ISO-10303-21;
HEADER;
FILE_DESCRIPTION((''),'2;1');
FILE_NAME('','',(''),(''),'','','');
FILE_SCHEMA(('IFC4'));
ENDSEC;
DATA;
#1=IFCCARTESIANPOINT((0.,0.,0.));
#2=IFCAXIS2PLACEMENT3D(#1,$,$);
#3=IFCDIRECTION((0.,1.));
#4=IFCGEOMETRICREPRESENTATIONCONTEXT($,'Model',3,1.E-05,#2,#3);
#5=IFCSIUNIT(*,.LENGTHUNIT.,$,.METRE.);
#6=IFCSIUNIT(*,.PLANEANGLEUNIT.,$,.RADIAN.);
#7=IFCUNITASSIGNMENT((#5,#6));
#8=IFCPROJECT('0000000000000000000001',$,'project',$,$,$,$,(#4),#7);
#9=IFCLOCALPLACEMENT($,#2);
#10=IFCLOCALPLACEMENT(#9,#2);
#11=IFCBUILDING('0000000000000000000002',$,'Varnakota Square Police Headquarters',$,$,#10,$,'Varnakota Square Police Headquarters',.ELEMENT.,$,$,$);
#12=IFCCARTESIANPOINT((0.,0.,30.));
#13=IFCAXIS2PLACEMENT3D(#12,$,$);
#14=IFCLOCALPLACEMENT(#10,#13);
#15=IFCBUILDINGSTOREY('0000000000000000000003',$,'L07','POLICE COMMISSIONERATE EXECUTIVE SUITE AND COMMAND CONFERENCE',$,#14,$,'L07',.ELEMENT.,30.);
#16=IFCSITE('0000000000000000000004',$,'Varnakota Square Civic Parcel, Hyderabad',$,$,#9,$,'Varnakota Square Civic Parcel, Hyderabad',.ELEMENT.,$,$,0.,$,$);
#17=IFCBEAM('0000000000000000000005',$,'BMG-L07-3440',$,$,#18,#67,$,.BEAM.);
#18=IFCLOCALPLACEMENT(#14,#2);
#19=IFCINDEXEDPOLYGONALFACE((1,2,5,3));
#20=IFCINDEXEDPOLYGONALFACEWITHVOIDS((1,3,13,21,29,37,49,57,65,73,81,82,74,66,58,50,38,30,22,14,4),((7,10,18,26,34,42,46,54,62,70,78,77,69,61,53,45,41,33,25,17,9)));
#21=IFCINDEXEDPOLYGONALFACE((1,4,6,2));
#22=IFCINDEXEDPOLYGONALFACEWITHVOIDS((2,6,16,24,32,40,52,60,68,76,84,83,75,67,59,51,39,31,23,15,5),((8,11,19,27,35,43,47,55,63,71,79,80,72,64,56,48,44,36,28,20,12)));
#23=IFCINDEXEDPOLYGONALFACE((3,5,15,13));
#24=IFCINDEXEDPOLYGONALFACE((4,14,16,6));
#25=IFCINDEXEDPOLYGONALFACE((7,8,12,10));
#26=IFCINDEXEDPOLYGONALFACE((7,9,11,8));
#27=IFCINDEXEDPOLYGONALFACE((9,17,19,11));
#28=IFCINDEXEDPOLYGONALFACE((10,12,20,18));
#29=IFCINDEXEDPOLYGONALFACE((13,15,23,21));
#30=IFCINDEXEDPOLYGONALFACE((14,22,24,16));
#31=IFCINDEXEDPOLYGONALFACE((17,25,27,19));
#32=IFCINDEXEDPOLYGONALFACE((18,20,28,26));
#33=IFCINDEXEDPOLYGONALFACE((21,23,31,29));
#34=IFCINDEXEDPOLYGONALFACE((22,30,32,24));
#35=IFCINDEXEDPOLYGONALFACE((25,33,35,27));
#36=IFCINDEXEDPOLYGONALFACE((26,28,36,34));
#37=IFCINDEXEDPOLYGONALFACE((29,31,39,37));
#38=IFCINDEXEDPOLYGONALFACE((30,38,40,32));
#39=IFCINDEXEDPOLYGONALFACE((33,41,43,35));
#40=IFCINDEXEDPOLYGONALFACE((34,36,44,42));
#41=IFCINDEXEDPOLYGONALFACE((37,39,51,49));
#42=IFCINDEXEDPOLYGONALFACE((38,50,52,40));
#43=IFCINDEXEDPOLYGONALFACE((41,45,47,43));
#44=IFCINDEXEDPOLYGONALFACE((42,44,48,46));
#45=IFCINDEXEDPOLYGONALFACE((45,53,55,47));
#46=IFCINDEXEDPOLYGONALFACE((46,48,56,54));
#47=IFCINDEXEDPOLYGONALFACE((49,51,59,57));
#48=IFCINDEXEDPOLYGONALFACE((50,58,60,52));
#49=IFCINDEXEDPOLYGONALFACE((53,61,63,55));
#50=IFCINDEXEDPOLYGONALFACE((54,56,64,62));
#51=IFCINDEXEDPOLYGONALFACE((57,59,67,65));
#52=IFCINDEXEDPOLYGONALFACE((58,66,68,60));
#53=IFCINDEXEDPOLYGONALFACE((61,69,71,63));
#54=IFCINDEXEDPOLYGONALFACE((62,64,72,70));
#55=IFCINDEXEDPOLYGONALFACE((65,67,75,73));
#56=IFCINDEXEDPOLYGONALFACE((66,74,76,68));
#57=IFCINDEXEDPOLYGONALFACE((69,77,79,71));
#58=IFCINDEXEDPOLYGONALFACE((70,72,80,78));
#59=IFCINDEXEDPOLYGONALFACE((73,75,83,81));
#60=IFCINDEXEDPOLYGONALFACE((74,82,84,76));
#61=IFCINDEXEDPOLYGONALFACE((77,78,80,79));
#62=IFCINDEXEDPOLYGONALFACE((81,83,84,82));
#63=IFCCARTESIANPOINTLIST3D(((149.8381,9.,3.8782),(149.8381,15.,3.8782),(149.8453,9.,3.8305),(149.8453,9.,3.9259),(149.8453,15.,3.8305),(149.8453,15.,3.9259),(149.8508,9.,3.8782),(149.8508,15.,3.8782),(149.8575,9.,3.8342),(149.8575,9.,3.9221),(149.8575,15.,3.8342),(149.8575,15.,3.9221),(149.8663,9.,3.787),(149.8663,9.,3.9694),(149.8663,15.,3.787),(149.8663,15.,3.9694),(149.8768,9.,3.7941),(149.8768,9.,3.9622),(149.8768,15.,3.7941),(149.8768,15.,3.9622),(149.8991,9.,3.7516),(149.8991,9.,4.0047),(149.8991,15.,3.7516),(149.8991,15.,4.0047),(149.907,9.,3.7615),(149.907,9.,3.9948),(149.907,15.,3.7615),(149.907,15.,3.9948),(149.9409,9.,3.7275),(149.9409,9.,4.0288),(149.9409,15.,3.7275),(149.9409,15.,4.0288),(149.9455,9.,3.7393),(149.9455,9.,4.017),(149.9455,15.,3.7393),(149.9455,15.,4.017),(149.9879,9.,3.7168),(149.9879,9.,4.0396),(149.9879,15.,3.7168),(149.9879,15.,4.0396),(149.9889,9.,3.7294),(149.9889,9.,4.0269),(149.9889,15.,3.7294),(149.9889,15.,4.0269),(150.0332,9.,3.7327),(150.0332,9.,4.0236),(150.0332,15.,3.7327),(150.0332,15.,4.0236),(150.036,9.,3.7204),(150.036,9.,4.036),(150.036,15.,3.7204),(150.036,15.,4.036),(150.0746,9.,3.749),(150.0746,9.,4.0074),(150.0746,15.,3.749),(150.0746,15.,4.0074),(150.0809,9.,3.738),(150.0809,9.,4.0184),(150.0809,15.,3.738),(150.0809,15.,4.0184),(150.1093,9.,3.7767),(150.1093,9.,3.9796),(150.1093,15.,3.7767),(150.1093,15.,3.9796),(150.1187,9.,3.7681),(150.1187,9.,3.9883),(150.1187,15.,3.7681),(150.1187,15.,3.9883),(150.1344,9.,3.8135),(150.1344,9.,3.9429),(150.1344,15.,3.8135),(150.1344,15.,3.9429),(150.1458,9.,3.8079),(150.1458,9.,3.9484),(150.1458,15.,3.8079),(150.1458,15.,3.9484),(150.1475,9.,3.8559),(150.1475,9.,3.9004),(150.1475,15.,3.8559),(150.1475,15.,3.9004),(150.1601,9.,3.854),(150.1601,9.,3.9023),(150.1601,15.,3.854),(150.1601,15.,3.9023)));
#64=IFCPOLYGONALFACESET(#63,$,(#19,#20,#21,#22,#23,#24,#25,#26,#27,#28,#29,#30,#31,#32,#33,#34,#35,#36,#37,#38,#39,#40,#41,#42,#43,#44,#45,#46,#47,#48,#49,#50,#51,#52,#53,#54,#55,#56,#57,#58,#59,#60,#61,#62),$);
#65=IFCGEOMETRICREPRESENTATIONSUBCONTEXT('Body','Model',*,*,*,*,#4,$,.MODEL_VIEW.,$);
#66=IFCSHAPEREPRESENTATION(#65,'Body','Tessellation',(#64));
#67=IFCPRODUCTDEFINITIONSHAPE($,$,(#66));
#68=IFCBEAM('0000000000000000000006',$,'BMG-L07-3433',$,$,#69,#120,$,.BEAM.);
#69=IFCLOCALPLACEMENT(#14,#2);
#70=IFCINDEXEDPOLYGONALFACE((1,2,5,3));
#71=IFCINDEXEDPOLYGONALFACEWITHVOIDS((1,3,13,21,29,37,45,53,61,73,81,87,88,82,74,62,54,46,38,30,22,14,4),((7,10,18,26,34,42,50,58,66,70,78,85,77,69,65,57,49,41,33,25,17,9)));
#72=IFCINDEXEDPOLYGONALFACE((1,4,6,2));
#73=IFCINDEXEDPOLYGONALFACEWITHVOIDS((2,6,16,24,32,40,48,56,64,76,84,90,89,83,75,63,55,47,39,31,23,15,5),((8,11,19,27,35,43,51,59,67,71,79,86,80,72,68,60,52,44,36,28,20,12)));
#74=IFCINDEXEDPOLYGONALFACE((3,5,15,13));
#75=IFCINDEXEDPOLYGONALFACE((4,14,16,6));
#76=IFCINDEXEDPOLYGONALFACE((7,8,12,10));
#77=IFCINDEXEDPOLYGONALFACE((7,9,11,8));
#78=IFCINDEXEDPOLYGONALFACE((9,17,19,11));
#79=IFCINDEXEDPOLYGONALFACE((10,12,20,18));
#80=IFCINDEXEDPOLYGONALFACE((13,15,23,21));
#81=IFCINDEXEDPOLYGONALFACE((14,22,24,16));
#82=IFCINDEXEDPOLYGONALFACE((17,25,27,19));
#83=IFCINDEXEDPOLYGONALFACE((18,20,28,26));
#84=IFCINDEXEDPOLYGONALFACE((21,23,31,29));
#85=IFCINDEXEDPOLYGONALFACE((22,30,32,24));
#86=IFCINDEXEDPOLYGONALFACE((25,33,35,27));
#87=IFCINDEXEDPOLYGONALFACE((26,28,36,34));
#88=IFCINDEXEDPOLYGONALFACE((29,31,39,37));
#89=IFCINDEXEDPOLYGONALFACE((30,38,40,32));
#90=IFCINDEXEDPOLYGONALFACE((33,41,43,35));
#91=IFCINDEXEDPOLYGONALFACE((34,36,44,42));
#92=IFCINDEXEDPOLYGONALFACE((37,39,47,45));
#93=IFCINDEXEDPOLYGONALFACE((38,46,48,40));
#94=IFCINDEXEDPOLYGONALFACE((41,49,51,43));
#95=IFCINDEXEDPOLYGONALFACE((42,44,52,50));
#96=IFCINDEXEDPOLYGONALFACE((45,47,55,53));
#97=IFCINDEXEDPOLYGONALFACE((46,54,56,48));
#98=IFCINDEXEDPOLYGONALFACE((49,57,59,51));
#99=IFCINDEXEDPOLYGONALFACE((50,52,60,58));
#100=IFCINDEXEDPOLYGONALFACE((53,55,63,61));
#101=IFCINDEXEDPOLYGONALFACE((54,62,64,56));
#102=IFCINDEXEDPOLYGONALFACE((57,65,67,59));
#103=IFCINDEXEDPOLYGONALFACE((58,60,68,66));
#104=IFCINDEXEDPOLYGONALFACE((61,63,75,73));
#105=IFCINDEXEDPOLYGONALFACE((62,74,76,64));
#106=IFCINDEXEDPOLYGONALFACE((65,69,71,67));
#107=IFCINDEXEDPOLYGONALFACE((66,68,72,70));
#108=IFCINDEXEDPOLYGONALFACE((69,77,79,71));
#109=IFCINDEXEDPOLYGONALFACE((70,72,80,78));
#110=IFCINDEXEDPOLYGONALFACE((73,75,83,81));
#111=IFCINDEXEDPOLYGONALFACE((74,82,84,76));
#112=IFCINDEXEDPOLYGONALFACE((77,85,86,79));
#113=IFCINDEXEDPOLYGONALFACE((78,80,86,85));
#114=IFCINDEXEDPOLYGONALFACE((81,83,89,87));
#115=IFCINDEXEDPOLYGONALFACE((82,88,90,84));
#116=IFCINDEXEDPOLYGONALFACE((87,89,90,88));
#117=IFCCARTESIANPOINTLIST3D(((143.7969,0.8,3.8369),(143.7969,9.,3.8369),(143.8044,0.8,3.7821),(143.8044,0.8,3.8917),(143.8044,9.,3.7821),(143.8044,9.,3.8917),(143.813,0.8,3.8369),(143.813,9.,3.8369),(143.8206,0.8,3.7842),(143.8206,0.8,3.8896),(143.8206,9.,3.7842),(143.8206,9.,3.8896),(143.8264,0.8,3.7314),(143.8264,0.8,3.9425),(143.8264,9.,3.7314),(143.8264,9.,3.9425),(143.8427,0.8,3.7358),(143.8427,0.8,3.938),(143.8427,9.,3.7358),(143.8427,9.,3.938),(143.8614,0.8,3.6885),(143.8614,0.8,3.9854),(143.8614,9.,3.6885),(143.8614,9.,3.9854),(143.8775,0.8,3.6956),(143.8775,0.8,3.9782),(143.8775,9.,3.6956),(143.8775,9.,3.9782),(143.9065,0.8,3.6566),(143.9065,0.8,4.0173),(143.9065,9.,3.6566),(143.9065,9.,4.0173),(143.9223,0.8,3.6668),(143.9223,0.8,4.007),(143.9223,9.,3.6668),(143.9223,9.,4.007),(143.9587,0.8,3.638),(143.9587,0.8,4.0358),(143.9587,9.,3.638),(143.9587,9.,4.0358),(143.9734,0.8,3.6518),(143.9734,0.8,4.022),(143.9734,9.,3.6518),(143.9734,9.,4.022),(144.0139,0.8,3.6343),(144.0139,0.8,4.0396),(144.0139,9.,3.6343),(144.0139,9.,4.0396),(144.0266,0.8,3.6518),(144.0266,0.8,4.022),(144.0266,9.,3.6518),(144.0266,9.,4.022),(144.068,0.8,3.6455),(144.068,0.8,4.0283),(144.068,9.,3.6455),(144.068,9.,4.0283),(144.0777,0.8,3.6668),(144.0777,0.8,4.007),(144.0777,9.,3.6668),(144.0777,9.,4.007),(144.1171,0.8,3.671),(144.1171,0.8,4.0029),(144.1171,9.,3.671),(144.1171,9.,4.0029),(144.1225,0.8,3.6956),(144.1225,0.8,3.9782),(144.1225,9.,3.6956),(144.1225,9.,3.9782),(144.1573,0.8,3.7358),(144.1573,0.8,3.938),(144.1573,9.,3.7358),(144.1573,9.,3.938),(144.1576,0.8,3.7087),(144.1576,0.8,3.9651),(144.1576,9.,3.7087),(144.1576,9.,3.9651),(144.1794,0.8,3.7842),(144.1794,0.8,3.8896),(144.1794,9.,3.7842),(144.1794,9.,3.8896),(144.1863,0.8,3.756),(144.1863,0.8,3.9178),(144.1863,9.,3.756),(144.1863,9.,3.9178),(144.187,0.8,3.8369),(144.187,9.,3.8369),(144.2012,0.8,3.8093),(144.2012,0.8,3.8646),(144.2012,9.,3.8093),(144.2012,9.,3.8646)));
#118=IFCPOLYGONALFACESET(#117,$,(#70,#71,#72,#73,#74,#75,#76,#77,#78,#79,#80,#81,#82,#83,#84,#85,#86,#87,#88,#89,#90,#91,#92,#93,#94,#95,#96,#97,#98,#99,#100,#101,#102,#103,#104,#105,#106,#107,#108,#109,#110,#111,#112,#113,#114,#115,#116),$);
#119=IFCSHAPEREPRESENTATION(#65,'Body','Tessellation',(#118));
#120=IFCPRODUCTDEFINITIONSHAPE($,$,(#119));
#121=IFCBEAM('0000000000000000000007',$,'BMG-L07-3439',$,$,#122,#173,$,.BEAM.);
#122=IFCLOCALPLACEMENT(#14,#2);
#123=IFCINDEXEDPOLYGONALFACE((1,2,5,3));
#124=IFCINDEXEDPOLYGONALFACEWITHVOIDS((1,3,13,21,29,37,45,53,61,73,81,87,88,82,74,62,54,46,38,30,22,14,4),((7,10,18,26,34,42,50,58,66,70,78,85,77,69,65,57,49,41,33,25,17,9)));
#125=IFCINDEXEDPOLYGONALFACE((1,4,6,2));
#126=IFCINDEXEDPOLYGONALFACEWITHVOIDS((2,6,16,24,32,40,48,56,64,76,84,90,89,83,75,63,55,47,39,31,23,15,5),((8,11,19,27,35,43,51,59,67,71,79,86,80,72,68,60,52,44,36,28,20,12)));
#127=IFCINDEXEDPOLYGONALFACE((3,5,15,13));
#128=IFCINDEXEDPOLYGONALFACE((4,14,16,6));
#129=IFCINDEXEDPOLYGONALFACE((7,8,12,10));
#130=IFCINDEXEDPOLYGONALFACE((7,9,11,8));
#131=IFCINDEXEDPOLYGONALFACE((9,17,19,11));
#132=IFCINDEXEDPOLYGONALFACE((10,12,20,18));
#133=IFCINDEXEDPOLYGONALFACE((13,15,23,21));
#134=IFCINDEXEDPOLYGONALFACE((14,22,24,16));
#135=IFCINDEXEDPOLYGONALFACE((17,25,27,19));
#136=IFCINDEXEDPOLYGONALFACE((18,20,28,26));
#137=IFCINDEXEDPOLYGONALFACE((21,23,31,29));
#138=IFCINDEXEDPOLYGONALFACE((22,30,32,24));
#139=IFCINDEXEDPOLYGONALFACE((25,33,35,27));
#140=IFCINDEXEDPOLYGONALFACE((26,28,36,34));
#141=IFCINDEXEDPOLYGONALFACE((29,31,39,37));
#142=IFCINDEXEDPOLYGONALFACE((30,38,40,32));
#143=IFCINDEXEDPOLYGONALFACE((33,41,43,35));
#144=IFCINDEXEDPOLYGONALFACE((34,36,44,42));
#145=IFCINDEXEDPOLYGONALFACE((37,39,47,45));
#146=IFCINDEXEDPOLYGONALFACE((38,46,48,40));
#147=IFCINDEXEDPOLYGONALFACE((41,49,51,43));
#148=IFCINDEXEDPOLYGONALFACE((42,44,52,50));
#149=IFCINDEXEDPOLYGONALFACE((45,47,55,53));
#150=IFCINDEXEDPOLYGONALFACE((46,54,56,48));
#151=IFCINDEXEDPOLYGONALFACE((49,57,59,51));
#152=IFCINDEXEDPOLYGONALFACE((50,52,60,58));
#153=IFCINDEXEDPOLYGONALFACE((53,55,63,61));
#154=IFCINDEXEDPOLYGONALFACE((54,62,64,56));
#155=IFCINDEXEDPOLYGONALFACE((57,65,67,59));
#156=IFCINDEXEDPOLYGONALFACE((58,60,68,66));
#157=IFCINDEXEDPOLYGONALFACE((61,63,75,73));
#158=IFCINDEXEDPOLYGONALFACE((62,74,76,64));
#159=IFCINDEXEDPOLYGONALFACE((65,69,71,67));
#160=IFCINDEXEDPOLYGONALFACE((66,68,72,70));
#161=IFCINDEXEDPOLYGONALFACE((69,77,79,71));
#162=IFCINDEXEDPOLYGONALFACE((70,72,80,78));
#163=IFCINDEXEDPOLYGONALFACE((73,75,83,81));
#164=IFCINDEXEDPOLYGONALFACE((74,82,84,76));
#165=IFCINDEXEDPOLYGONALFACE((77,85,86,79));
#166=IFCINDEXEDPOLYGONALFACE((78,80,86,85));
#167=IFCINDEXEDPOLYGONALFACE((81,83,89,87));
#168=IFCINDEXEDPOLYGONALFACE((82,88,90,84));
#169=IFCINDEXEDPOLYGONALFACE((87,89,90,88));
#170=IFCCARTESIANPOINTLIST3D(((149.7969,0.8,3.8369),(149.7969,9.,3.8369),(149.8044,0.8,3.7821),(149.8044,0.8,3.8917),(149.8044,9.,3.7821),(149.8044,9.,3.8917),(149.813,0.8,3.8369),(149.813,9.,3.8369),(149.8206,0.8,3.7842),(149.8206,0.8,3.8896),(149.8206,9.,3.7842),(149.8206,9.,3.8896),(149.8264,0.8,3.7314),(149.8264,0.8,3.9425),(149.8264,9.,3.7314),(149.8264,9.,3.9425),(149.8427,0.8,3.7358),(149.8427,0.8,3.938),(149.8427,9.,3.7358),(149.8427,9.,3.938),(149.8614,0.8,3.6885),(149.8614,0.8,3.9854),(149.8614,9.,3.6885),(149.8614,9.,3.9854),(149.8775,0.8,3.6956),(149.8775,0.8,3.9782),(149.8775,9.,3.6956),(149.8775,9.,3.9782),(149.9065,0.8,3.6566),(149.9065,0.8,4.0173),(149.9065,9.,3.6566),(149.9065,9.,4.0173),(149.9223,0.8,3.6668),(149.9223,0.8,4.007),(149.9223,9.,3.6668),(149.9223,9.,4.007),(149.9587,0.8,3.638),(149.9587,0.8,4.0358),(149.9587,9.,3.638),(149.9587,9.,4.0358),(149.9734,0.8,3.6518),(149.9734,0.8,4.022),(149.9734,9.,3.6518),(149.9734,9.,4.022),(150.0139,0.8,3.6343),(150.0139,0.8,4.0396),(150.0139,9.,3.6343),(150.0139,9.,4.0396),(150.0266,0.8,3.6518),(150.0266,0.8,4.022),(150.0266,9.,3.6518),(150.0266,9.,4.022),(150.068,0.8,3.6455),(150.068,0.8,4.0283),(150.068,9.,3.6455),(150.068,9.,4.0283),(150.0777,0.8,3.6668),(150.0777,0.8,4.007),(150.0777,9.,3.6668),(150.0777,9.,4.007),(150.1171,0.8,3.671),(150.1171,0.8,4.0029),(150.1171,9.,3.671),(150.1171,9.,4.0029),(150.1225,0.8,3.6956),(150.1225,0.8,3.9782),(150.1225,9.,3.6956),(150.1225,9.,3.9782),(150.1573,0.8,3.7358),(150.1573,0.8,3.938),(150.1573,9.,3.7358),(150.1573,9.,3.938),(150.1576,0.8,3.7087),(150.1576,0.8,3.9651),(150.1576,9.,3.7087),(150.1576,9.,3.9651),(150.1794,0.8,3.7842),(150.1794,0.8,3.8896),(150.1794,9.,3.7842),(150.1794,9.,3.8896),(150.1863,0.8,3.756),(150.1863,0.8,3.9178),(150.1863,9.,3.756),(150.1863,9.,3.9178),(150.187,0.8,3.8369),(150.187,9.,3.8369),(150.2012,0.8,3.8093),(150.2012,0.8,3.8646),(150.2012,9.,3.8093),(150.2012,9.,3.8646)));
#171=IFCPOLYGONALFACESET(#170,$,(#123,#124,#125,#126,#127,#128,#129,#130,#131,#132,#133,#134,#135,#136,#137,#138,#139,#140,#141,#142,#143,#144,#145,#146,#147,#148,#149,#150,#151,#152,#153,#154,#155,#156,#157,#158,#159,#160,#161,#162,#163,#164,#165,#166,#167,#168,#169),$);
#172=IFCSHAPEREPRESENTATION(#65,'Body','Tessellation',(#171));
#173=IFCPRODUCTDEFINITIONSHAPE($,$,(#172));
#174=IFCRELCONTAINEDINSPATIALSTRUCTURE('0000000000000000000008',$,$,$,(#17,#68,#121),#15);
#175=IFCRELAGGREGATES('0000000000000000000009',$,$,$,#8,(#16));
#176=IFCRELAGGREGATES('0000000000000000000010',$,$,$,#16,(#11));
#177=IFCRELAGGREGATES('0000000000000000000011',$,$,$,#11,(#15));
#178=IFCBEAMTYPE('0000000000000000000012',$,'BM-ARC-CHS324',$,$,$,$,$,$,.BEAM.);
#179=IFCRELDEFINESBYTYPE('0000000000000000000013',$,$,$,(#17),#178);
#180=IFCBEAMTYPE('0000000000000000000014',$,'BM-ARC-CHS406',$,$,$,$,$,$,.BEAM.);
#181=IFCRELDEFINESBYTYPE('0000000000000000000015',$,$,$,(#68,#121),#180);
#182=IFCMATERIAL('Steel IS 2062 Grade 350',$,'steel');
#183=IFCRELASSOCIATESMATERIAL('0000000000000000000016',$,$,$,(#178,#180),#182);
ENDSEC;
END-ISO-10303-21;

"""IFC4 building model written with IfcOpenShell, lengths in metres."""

from ifc_helpers import new_model, si_unit, direction, frame, origin, origin_2d, place, context, subcontext, project, spatial, hollow_circle, extrude, material, material_profile, profile_set, type_object, element, save


model = new_model("IFC4")

# Units and contexts
model_context = context("Model", 3, precision=1e-05, world=origin(), true_north=direction((0.0, 1.0)))
body_context = subcontext(model_context, "Body", "Model", "MODEL_VIEW")
ifc_project = project(units=[si_unit("LENGTHUNIT", "METRE"), si_unit("PLANEANGLEUNIT", "RADIAN")], contexts=[model_context])

# Site, building, storey
site_placement = place(None, origin())
site = spatial("IfcSite", under=ifc_project, at=site_placement, Name="Varnakota Square Civic Parcel, Hyderabad", LongName="Varnakota Square Civic Parcel, Hyderabad", CompositionType="ELEMENT", RefElevation=0.0)
building_placement = place(site_placement, origin())
building = spatial("IfcBuilding", under=site, at=building_placement, Name="Varnakota Square Police Headquarters", LongName="Varnakota Square Police Headquarters", CompositionType="ELEMENT")
storey_placement = place(building_placement, frame((0.0, 0.0, 30.0)))
storey = spatial("IfcBuildingStorey", under=building, at=storey_placement, Name="L07", Description="POLICE COMMISSIONERATE EXECUTIVE SUITE AND COMMAND CONFERENCE", LongName="L07", CompositionType="ELEMENT", Elevation=30.0)

# Shared definitions
ifc_material_1 = material(Name="Steel IS 2062 Grade 350", Category="steel")

# Beams
ifc_material_profile_1 = material_profile(ifc_material_1, hollow_circle(Radius=0.1619, WallThickness=0.0127, at=origin_2d()), Name="CHS 323.9x12.7")
ifc_profile_set_1 = profile_set([ifc_material_profile_1], Name="Steel IS 2062 Grade 350")
beam_type_1 = type_object("IfcBeamType", Name="BM-ARC-CHS324", PredefinedType="BEAM", material=ifc_profile_set_1)
for number, where, z_axis, x_axis, name in (
    (1, (150.0, 9.0, 3.8782), (0.0, 1.0, 0.0), (-1.0, 0.0, 0.0), "BMG-L07-3440"),
):
    element("IfcBeam", number, at=place(storey_placement, frame(where, z_axis=z_axis, x_axis=x_axis)), inside=storey, type_object=beam_type_1, Name=name, PredefinedType="BEAM", context=body_context, shape_type="SweptSolid", body=[
        extrude(hollow_circle(Radius=0.1619, WallThickness=0.0127, at=origin_2d()), origin(), (0.0, 0.0, 1.0), 6.0),
    ])
ifc_material_profile_2 = material_profile(ifc_material_1, hollow_circle(Radius=0.2031, WallThickness=0.0161, at=origin_2d()), Name="CHS 406.4x16.0")
ifc_profile_set_2 = profile_set([ifc_material_profile_2], Name="Steel IS 2062 Grade 350")
beam_type_2 = type_object("IfcBeamType", Name="BM-ARC-CHS406", PredefinedType="BEAM", material=ifc_profile_set_2)
for number, where, z_axis, x_axis, name in (
    (2, (144.0, 0.8, 3.8369), (0.0, 1.0, 0.0), (-1.0, 0.0, 0.0), "BMG-L07-3433"),
    (3, (150.0, 0.8, 3.8369), (0.0, 1.0, 0.0), (-1.0, 0.0, 0.0), "BMG-L07-3439"),
):
    element("IfcBeam", number, at=place(storey_placement, frame(where, z_axis=z_axis, x_axis=x_axis)), inside=storey, type_object=beam_type_2, Name=name, PredefinedType="BEAM", context=body_context, shape_type="SweptSolid", body=[
        extrude(hollow_circle(Radius=0.2031, WallThickness=0.0161, at=origin_2d()), origin(), (0.0, 0.0, 1.0), 8.2),
    ])

save(model, "model.ifc")
